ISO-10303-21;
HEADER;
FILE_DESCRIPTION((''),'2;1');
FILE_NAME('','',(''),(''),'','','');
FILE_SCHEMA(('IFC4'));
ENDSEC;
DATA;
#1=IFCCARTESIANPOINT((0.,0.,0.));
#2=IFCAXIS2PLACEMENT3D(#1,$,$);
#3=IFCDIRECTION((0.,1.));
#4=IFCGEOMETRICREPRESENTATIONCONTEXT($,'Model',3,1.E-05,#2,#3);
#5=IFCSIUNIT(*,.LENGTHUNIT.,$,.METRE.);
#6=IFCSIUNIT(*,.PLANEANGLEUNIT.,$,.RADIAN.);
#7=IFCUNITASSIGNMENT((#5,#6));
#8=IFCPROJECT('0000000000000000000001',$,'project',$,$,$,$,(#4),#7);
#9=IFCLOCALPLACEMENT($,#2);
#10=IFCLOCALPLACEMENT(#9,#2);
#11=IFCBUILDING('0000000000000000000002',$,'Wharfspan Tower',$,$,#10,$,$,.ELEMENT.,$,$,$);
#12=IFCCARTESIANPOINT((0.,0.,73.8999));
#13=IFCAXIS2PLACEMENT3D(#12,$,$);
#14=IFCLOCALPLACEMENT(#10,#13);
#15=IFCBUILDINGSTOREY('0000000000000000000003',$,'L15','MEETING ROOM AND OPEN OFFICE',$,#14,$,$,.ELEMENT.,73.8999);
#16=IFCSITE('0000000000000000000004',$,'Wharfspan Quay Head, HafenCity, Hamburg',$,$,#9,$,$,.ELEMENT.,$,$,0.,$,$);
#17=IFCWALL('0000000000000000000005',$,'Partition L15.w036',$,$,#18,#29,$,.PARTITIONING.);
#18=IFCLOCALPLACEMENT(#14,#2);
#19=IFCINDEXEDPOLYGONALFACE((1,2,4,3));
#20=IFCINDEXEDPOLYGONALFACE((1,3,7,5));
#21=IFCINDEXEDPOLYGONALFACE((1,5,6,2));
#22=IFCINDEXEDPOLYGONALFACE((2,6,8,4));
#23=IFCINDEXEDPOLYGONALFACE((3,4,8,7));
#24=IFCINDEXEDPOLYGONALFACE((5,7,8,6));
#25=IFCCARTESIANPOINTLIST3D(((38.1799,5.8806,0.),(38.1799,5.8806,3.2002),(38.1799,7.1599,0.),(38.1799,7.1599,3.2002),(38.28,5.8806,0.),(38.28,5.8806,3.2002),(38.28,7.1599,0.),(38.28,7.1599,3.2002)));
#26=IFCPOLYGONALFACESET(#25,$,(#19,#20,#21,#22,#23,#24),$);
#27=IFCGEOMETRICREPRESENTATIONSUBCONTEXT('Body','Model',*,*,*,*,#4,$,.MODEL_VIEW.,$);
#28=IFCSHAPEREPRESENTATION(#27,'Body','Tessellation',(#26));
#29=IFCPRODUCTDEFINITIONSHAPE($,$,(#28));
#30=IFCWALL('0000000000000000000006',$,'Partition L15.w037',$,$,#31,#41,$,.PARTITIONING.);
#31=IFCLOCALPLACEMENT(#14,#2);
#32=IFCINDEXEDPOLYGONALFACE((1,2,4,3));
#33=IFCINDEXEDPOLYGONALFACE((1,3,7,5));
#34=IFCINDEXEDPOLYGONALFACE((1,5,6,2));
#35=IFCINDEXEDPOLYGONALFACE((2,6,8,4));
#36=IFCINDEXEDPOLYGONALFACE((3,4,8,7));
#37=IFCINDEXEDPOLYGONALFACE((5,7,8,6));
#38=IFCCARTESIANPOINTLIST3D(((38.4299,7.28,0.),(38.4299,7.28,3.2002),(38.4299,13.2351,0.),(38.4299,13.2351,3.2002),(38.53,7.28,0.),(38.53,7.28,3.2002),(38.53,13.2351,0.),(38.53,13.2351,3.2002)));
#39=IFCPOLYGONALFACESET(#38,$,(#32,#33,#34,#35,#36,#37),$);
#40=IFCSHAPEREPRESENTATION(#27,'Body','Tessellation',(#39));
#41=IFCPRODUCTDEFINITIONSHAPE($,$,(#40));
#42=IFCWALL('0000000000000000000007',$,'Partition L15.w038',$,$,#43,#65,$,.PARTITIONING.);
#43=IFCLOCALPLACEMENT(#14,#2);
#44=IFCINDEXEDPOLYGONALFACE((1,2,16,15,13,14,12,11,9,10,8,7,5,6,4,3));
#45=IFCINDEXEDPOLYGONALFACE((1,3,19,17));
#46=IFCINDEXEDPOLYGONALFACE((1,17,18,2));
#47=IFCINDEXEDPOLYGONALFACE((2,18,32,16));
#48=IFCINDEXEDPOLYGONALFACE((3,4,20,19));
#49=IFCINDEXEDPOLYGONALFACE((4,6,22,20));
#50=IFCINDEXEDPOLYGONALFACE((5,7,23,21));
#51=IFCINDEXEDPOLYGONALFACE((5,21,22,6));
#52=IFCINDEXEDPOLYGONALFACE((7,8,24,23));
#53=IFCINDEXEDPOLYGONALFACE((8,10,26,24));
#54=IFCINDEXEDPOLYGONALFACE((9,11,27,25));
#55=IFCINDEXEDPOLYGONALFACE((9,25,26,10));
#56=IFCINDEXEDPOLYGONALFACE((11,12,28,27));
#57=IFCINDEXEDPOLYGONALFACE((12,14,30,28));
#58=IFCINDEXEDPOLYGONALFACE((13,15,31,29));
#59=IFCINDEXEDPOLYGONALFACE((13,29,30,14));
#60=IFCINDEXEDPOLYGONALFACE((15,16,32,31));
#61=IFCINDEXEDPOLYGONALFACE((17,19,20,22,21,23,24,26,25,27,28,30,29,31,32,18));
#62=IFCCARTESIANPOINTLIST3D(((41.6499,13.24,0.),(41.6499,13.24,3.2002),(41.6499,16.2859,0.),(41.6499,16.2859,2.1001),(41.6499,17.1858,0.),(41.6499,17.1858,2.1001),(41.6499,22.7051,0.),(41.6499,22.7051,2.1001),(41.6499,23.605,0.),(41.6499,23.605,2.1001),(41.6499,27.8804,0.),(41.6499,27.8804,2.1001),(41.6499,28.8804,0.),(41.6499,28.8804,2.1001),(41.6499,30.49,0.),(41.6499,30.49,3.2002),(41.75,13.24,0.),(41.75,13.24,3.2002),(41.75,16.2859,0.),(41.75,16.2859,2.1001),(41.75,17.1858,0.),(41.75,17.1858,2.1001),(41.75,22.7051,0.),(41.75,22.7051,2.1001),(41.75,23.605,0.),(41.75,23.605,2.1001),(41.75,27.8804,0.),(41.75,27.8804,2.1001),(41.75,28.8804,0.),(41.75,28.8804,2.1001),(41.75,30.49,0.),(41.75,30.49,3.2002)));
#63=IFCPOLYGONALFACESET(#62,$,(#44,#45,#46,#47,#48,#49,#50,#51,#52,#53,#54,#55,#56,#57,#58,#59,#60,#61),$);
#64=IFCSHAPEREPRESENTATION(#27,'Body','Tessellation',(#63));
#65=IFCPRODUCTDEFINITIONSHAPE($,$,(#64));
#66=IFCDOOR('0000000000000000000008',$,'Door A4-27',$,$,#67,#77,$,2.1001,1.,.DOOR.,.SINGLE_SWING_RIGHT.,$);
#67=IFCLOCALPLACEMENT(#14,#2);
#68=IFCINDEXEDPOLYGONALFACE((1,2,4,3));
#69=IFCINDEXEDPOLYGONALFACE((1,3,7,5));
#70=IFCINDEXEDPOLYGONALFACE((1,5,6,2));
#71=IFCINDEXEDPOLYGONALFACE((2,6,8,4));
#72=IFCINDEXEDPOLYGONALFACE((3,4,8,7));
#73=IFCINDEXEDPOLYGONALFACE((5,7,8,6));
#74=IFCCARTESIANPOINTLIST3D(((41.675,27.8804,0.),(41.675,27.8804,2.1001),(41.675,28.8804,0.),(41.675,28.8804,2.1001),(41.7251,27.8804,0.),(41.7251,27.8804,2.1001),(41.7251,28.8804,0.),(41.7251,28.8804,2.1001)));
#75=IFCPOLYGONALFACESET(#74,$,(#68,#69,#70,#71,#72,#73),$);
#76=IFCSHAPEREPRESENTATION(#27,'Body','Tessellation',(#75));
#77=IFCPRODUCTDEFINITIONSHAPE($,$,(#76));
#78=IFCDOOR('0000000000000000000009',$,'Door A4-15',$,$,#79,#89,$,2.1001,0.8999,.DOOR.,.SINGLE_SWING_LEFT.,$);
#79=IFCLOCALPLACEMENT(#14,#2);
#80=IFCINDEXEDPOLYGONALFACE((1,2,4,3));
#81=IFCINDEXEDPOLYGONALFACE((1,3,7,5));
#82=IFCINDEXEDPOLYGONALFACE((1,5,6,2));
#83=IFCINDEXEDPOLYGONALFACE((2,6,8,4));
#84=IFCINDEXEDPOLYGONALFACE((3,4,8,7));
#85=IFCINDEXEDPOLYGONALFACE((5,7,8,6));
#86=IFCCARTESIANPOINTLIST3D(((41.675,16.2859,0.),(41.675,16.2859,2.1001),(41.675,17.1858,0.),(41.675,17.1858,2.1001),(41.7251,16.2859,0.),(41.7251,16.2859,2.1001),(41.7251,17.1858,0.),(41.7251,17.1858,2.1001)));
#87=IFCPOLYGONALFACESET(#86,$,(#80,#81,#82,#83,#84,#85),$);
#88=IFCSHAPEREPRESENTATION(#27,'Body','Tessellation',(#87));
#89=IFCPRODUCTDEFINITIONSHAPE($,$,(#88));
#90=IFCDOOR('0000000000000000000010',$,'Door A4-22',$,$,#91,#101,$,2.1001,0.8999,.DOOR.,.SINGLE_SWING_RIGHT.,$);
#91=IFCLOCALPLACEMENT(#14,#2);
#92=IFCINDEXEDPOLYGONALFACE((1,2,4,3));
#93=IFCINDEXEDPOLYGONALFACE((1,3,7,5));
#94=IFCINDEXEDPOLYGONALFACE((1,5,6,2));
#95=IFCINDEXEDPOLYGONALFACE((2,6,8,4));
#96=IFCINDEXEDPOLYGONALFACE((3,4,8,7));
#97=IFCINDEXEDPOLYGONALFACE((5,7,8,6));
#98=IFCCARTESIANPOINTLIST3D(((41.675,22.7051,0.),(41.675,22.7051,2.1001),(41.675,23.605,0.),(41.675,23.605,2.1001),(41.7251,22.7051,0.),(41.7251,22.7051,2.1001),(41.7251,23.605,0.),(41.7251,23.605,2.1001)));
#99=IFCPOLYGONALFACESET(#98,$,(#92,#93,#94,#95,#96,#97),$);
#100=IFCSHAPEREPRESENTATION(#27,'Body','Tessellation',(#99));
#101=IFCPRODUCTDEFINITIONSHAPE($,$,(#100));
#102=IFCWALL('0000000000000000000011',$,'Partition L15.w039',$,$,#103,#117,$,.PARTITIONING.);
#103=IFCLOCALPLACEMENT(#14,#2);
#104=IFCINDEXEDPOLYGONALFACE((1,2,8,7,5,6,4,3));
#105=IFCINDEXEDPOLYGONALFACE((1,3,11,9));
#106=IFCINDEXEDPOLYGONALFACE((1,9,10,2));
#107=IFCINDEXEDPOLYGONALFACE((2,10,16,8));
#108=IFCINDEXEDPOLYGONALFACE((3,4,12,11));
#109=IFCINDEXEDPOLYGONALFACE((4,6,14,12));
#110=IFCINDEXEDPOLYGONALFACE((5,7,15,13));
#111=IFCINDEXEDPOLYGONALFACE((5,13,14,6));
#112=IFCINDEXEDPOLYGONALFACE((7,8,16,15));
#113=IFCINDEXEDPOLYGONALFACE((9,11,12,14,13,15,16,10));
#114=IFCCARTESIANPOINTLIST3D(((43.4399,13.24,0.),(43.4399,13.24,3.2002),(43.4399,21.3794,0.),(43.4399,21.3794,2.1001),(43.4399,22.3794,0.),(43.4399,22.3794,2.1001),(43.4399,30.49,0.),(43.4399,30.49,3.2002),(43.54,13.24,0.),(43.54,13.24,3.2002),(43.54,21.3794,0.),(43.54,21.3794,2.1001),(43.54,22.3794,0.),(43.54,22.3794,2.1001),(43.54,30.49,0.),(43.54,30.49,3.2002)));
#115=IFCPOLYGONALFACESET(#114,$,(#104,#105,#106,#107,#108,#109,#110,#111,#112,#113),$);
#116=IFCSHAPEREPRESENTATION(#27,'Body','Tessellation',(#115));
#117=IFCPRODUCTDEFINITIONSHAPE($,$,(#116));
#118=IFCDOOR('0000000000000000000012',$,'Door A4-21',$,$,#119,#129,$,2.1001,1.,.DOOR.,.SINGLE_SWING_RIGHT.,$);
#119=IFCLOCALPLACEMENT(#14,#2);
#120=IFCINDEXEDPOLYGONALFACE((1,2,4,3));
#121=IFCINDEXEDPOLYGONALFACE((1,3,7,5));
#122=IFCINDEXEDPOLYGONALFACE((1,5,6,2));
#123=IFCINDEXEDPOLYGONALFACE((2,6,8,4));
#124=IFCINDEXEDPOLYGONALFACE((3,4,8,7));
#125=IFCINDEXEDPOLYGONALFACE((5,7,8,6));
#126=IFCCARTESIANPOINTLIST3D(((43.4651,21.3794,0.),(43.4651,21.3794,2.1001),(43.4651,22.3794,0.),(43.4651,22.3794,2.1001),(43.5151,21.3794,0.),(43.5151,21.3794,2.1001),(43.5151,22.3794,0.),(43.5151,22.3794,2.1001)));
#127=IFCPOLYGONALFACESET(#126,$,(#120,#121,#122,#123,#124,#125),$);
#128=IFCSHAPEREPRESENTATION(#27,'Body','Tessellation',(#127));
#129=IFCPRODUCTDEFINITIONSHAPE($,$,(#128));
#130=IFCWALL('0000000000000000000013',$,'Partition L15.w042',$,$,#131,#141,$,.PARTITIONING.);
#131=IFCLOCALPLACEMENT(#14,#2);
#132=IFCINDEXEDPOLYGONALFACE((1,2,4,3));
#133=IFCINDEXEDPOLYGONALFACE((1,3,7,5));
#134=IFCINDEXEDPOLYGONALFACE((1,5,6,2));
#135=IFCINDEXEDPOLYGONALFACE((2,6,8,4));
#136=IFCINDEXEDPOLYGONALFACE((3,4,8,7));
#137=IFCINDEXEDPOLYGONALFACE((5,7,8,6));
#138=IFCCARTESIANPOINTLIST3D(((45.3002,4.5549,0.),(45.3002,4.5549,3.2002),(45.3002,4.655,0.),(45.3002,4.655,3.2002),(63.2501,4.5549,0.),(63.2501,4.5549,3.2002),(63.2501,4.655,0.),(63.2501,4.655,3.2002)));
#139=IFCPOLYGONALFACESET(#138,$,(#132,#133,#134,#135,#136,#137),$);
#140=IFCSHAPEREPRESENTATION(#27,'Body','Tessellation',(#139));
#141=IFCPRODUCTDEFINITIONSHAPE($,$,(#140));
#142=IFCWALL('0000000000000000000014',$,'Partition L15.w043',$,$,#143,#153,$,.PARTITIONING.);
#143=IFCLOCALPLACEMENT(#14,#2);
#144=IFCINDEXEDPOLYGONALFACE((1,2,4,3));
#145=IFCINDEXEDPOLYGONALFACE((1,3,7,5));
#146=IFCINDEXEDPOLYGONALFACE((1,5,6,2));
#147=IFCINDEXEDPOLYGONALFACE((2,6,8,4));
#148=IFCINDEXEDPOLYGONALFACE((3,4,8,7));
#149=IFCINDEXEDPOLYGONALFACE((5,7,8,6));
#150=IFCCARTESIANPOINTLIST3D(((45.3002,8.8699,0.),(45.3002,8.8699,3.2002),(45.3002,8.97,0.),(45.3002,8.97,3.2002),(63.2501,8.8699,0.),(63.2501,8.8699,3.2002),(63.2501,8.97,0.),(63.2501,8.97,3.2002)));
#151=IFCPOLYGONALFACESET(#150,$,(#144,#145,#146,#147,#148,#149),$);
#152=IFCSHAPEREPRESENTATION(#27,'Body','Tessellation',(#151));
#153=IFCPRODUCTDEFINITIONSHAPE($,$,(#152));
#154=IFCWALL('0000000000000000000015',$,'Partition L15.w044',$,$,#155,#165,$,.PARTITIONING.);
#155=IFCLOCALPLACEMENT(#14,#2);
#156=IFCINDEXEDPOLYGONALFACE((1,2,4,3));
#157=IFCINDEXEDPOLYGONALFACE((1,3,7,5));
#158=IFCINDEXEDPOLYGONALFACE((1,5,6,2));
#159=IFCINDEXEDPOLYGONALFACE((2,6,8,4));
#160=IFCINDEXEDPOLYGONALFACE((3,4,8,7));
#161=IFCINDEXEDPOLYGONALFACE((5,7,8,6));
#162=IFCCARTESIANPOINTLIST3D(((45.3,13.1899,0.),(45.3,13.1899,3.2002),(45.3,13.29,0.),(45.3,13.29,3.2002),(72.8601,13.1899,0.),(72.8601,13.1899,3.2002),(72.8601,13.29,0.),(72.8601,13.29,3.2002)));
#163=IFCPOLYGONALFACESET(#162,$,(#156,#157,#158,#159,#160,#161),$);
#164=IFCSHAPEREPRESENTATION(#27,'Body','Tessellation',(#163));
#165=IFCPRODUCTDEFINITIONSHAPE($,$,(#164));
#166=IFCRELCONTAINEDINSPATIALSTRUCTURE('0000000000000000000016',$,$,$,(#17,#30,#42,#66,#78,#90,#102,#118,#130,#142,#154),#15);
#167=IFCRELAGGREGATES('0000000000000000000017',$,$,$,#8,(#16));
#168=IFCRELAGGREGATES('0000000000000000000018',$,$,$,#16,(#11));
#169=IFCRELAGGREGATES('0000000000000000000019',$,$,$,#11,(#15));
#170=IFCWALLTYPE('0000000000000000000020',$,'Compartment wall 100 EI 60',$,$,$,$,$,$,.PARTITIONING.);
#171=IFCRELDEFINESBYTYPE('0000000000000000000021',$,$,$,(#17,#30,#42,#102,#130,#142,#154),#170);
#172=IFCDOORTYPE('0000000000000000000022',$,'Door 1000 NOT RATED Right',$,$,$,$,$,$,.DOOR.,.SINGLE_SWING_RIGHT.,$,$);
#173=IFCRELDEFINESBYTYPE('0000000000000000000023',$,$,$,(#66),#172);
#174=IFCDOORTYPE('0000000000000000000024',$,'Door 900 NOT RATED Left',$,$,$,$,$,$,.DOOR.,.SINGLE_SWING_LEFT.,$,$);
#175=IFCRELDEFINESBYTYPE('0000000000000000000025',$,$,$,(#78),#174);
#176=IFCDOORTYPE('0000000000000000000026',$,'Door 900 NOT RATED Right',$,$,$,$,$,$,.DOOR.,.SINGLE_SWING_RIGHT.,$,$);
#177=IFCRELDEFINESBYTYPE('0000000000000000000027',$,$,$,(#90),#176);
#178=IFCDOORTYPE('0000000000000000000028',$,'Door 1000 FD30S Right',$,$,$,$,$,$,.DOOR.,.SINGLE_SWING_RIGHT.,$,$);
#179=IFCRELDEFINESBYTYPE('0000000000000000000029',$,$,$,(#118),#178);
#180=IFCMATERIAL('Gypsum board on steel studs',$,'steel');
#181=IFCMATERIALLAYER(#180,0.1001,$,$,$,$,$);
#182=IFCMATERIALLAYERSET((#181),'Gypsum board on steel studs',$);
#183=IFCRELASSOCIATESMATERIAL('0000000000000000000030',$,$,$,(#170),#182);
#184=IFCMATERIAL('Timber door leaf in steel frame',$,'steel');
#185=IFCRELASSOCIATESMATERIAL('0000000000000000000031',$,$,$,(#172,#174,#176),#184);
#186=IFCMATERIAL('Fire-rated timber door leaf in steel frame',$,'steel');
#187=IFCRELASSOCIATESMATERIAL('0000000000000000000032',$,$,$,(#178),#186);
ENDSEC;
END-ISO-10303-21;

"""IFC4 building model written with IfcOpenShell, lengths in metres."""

from ifc_helpers import new_model, si_unit, direction, frame, frame_2d, origin, place, context, subcontext, project, spatial, rectangle, extrude, material, layer, layer_set, type_object, element, fill, save


model = new_model("IFC4")

# Units and contexts
model_context = context("Model", 3, precision=1e-05, world=origin(), true_north=direction((0.0, 1.0)))
body_context = subcontext(model_context, "Body", "Model", "MODEL_VIEW")
ifc_project = project(units=[si_unit("LENGTHUNIT", "METRE"), si_unit("PLANEANGLEUNIT", "RADIAN")], contexts=[model_context])

# Site, building, storey
site_placement = place(None, origin())
site = spatial("IfcSite", under=ifc_project, at=site_placement, Name="Wharfspan Quay Head, HafenCity, Hamburg", CompositionType="ELEMENT", RefElevation=0.0)
building_placement = place(site_placement, origin())
building = spatial("IfcBuilding", under=site, at=building_placement, Name="Wharfspan Tower", CompositionType="ELEMENT")
storey_placement = place(building_placement, frame((0.0, 0.0, 73.8999)))
storey = spatial("IfcBuildingStorey", under=building, at=storey_placement, Name="L15", Description="MEETING ROOM AND OPEN OFFICE", CompositionType="ELEMENT", Elevation=73.8999)

# Walls
ifc_material_1 = material(Name="Gypsum board on steel studs", Category="steel")
ifc_layer = layer(ifc_material_1, 0.1001)
ifc_layer_set = layer_set([ifc_layer], Name="Gypsum board on steel studs")
wall_type = type_object("IfcWallType", Name="Compartment wall 100 EI 60", PredefinedType="PARTITIONING", material=ifc_layer_set)
wall_1_placement = place(storey_placement, frame((38.23, 5.8806, 0.0), z_axis=(0.0, 0.0, 1.0), x_axis=(0.0, 1.0, 0.0)))
element("IfcWall", 1, at=wall_1_placement, inside=storey, type_object=wall_type, Name="Partition L15.w036", PredefinedType="PARTITIONING", context=body_context, shape_type="SweptSolid", body=[
    extrude(rectangle(XDim=1.2793, YDim=0.1001, at=frame_2d((0.6396, 0.0))), origin(), (0.0, 0.0, 1.0), 3.2002),
])
wall_2_placement = place(storey_placement, frame((38.48, 7.28, 0.0), z_axis=(0.0, 0.0, 1.0), x_axis=(0.0, 1.0, 0.0)))
element("IfcWall", 2, at=wall_2_placement, inside=storey, type_object=wall_type, Name="Partition L15.w037", PredefinedType="PARTITIONING", context=body_context, shape_type="SweptSolid", body=[
    extrude(rectangle(XDim=5.9551, YDim=0.1001, at=frame_2d((2.9775, 0.0))), origin(), (0.0, 0.0, 1.0), 3.2002),
])

# Wall, openings, doors
wall_3_placement = place(storey_placement, frame((41.7, 13.24, 0.0), z_axis=(0.0, 0.0, 1.0), x_axis=(0.0, 1.0, 0.0)))
wall_3 = element("IfcWall", 3, at=wall_3_placement, inside=storey, type_object=wall_type, Name="Partition L15.w038", PredefinedType="PARTITIONING", context=body_context, shape_type="SweptSolid", body=[
    extrude(rectangle(XDim=17.25, YDim=0.1001, at=frame_2d((8.625, 0.0))), origin(), (0.0, 0.0, 1.0), 3.2002),
])
opening_1_placement = place(wall_3_placement, frame((3.0459, 0.0, 0.0)))
opening_1 = element("IfcOpeningElement", 4, at=opening_1_placement, cuts=wall_3, PredefinedType="OPENING", context=body_context, shape_type="SweptSolid", body=[
    extrude(rectangle(XDim=0.8999, YDim=2.1001, at=frame_2d((0.45, 1.05))), frame((0.0, 0.0601, 0.0), z_axis=(0.0, -1.0, 0.0), x_axis=(1.0, 0.0, 0.0)), (0.0, 0.0, 1.0), 0.1201),
])
opening_2_placement = place(wall_3_placement, frame((9.4651, 0.0, 0.0)))
opening_2 = element("IfcOpeningElement", 5, at=opening_2_placement, cuts=wall_3, PredefinedType="OPENING", context=body_context, shape_type="SweptSolid", body=[
    extrude(rectangle(XDim=0.8999, YDim=2.1001, at=frame_2d((0.45, 1.05))), frame((0.0, 0.0601, 0.0), z_axis=(0.0, -1.0, 0.0), x_axis=(1.0, 0.0, 0.0)), (0.0, 0.0, 1.0), 0.1201),
])
opening_3_placement = place(wall_3_placement, frame((14.6404, 0.0, 0.0)))
opening_3 = element("IfcOpeningElement", 6, at=opening_3_placement, cuts=wall_3, PredefinedType="OPENING", context=body_context, shape_type="SweptSolid", body=[
    extrude(rectangle(XDim=1.0, YDim=2.1001, at=frame_2d((0.5, 1.05))), frame((0.0, 0.0601, 0.0), z_axis=(0.0, -1.0, 0.0), x_axis=(1.0, 0.0, 0.0)), (0.0, 0.0, 1.0), 0.1201),
])
ifc_material_2 = material(Name="Timber door leaf in steel frame", Category="steel")
door_type_1 = type_object("IfcDoorType", Name="Door 1000 NOT RATED Right", OperationType="SINGLE_SWING_RIGHT", PredefinedType="DOOR", material=ifc_material_2)
door_1_placement = place(opening_3_placement, origin())
door_1 = element("IfcDoor", 7, at=door_1_placement, inside=storey, type_object=door_type_1, Name="Door A4-27", OperationType="SINGLE_SWING_RIGHT", OverallHeight=2.1001, OverallWidth=1.0, PredefinedType="DOOR", context=body_context, shape_type="SweptSolid", body=[
    extrude(rectangle(XDim=1.0, YDim=2.1001, at=frame_2d((0.5, 1.05))), frame((0.0, 0.0249, 0.0), z_axis=(0.0, -1.0, 0.0), x_axis=(1.0, 0.0, 0.0)), (0.0, 0.0, 1.0), 0.05),
])
fill(opening_3, door_1)
door_type_2 = type_object("IfcDoorType", Name="Door 900 NOT RATED Left", OperationType="SINGLE_SWING_LEFT", PredefinedType="DOOR", material=ifc_material_2)
door_2_placement = place(opening_1_placement, origin())
door_2 = element("IfcDoor", 8, at=door_2_placement, inside=storey, type_object=door_type_2, Name="Door A4-15", OperationType="SINGLE_SWING_LEFT", OverallHeight=2.1001, OverallWidth=0.8999, PredefinedType="DOOR", context=body_context, shape_type="SweptSolid", body=[
    extrude(rectangle(XDim=0.8999, YDim=2.1001, at=frame_2d((0.45, 1.05))), frame((0.0, 0.0249, 0.0), z_axis=(0.0, -1.0, 0.0), x_axis=(1.0, 0.0, 0.0)), (0.0, 0.0, 1.0), 0.05),
])
fill(opening_1, door_2)
door_type_3 = type_object("IfcDoorType", Name="Door 900 NOT RATED Right", OperationType="SINGLE_SWING_RIGHT", PredefinedType="DOOR", material=ifc_material_2)
door_3_placement = place(opening_2_placement, origin())
door_3 = element("IfcDoor", 9, at=door_3_placement, inside=storey, type_object=door_type_3, Name="Door A4-22", OperationType="SINGLE_SWING_RIGHT", OverallHeight=2.1001, OverallWidth=0.8999, PredefinedType="DOOR", context=body_context, shape_type="SweptSolid", body=[
    extrude(rectangle(XDim=0.8999, YDim=2.1001, at=frame_2d((0.45, 1.05))), frame((0.0, 0.0249, 0.0), z_axis=(0.0, -1.0, 0.0), x_axis=(1.0, 0.0, 0.0)), (0.0, 0.0, 1.0), 0.05),
])
fill(opening_2, door_3)

# Wall, opening, door
wall_4_placement = place(storey_placement, frame((43.49, 13.24, 0.0), z_axis=(0.0, 0.0, 1.0), x_axis=(0.0, 1.0, 0.0)))
wall_4 = element("IfcWall", 10, at=wall_4_placement, inside=storey, type_object=wall_type, Name="Partition L15.w039", PredefinedType="PARTITIONING", context=body_context, shape_type="SweptSolid", body=[
    extrude(rectangle(XDim=17.25, YDim=0.1001, at=frame_2d((8.625, 0.0))), origin(), (0.0, 0.0, 1.0), 3.2002),
])
opening_4_placement = place(wall_4_placement, frame((8.1394, 0.0, 0.0)))
opening_4 = element("IfcOpeningElement", 11, at=opening_4_placement, cuts=wall_4, PredefinedType="OPENING", context=body_context, shape_type="SweptSolid", body=[
    extrude(rectangle(XDim=1.0, YDim=2.1001, at=frame_2d((0.5, 1.05))), frame((0.0, 0.0601, 0.0), z_axis=(0.0, -1.0, 0.0), x_axis=(1.0, 0.0, 0.0)), (0.0, 0.0, 1.0), 0.1201),
])
ifc_material_3 = material(Name="Fire-rated timber door leaf in steel frame", Category="steel")
door_type_4 = type_object("IfcDoorType", Name="Door 1000 FD30S Right", OperationType="SINGLE_SWING_RIGHT", PredefinedType="DOOR", material=ifc_material_3)
door_4_placement = place(opening_4_placement, origin())
door_4 = element("IfcDoor", 12, at=door_4_placement, inside=storey, type_object=door_type_4, Name="Door A4-21", OperationType="SINGLE_SWING_RIGHT", OverallHeight=2.1001, OverallWidth=1.0, PredefinedType="DOOR", context=body_context, shape_type="SweptSolid", body=[
    extrude(rectangle(XDim=1.0, YDim=2.1001, at=frame_2d((0.5, 1.05))), frame((0.0, 0.0249, 0.0), z_axis=(0.0, -1.0, 0.0), x_axis=(1.0, 0.0, 0.0)), (0.0, 0.0, 1.0), 0.05),
])
fill(opening_4, door_4)

# Walls
for number, where, z_axis, x_axis, name in (
    (13, (45.3, 4.605, 0.0), (0.0, 0.0, 1.0), (1.0, 0.0, 0.0), "Partition L15.w042"),
    (14, (45.3, 8.9199, 0.0), (0.0, 0.0, 1.0), (1.0, 0.0, 0.0), "Partition L15.w043"),
):
    element("IfcWall", number, at=place(storey_placement, frame(where, z_axis=z_axis, x_axis=x_axis)), inside=storey, type_object=wall_type, Name=name, PredefinedType="PARTITIONING", context=body_context, shape_type="SweptSolid", body=[
        extrude(rectangle(XDim=17.95, YDim=0.1001, at=frame_2d((8.9751, 0.0))), origin(), (0.0, 0.0, 1.0), 3.2002),
    ])
wall_5_placement = place(storey_placement, frame((45.3, 13.24, 0.0), z_axis=(0.0, 0.0, 1.0), x_axis=(1.0, 0.0, 0.0)))
element("IfcWall", 15, at=wall_5_placement, inside=storey, type_object=wall_type, Name="Partition L15.w044", PredefinedType="PARTITIONING", context=body_context, shape_type="SweptSolid", body=[
    extrude(rectangle(XDim=27.5601, YDim=0.1001, at=frame_2d((13.78, 0.0))), origin(), (0.0, 0.0, 1.0), 3.2002),
])

save(model, "model.ifc")
